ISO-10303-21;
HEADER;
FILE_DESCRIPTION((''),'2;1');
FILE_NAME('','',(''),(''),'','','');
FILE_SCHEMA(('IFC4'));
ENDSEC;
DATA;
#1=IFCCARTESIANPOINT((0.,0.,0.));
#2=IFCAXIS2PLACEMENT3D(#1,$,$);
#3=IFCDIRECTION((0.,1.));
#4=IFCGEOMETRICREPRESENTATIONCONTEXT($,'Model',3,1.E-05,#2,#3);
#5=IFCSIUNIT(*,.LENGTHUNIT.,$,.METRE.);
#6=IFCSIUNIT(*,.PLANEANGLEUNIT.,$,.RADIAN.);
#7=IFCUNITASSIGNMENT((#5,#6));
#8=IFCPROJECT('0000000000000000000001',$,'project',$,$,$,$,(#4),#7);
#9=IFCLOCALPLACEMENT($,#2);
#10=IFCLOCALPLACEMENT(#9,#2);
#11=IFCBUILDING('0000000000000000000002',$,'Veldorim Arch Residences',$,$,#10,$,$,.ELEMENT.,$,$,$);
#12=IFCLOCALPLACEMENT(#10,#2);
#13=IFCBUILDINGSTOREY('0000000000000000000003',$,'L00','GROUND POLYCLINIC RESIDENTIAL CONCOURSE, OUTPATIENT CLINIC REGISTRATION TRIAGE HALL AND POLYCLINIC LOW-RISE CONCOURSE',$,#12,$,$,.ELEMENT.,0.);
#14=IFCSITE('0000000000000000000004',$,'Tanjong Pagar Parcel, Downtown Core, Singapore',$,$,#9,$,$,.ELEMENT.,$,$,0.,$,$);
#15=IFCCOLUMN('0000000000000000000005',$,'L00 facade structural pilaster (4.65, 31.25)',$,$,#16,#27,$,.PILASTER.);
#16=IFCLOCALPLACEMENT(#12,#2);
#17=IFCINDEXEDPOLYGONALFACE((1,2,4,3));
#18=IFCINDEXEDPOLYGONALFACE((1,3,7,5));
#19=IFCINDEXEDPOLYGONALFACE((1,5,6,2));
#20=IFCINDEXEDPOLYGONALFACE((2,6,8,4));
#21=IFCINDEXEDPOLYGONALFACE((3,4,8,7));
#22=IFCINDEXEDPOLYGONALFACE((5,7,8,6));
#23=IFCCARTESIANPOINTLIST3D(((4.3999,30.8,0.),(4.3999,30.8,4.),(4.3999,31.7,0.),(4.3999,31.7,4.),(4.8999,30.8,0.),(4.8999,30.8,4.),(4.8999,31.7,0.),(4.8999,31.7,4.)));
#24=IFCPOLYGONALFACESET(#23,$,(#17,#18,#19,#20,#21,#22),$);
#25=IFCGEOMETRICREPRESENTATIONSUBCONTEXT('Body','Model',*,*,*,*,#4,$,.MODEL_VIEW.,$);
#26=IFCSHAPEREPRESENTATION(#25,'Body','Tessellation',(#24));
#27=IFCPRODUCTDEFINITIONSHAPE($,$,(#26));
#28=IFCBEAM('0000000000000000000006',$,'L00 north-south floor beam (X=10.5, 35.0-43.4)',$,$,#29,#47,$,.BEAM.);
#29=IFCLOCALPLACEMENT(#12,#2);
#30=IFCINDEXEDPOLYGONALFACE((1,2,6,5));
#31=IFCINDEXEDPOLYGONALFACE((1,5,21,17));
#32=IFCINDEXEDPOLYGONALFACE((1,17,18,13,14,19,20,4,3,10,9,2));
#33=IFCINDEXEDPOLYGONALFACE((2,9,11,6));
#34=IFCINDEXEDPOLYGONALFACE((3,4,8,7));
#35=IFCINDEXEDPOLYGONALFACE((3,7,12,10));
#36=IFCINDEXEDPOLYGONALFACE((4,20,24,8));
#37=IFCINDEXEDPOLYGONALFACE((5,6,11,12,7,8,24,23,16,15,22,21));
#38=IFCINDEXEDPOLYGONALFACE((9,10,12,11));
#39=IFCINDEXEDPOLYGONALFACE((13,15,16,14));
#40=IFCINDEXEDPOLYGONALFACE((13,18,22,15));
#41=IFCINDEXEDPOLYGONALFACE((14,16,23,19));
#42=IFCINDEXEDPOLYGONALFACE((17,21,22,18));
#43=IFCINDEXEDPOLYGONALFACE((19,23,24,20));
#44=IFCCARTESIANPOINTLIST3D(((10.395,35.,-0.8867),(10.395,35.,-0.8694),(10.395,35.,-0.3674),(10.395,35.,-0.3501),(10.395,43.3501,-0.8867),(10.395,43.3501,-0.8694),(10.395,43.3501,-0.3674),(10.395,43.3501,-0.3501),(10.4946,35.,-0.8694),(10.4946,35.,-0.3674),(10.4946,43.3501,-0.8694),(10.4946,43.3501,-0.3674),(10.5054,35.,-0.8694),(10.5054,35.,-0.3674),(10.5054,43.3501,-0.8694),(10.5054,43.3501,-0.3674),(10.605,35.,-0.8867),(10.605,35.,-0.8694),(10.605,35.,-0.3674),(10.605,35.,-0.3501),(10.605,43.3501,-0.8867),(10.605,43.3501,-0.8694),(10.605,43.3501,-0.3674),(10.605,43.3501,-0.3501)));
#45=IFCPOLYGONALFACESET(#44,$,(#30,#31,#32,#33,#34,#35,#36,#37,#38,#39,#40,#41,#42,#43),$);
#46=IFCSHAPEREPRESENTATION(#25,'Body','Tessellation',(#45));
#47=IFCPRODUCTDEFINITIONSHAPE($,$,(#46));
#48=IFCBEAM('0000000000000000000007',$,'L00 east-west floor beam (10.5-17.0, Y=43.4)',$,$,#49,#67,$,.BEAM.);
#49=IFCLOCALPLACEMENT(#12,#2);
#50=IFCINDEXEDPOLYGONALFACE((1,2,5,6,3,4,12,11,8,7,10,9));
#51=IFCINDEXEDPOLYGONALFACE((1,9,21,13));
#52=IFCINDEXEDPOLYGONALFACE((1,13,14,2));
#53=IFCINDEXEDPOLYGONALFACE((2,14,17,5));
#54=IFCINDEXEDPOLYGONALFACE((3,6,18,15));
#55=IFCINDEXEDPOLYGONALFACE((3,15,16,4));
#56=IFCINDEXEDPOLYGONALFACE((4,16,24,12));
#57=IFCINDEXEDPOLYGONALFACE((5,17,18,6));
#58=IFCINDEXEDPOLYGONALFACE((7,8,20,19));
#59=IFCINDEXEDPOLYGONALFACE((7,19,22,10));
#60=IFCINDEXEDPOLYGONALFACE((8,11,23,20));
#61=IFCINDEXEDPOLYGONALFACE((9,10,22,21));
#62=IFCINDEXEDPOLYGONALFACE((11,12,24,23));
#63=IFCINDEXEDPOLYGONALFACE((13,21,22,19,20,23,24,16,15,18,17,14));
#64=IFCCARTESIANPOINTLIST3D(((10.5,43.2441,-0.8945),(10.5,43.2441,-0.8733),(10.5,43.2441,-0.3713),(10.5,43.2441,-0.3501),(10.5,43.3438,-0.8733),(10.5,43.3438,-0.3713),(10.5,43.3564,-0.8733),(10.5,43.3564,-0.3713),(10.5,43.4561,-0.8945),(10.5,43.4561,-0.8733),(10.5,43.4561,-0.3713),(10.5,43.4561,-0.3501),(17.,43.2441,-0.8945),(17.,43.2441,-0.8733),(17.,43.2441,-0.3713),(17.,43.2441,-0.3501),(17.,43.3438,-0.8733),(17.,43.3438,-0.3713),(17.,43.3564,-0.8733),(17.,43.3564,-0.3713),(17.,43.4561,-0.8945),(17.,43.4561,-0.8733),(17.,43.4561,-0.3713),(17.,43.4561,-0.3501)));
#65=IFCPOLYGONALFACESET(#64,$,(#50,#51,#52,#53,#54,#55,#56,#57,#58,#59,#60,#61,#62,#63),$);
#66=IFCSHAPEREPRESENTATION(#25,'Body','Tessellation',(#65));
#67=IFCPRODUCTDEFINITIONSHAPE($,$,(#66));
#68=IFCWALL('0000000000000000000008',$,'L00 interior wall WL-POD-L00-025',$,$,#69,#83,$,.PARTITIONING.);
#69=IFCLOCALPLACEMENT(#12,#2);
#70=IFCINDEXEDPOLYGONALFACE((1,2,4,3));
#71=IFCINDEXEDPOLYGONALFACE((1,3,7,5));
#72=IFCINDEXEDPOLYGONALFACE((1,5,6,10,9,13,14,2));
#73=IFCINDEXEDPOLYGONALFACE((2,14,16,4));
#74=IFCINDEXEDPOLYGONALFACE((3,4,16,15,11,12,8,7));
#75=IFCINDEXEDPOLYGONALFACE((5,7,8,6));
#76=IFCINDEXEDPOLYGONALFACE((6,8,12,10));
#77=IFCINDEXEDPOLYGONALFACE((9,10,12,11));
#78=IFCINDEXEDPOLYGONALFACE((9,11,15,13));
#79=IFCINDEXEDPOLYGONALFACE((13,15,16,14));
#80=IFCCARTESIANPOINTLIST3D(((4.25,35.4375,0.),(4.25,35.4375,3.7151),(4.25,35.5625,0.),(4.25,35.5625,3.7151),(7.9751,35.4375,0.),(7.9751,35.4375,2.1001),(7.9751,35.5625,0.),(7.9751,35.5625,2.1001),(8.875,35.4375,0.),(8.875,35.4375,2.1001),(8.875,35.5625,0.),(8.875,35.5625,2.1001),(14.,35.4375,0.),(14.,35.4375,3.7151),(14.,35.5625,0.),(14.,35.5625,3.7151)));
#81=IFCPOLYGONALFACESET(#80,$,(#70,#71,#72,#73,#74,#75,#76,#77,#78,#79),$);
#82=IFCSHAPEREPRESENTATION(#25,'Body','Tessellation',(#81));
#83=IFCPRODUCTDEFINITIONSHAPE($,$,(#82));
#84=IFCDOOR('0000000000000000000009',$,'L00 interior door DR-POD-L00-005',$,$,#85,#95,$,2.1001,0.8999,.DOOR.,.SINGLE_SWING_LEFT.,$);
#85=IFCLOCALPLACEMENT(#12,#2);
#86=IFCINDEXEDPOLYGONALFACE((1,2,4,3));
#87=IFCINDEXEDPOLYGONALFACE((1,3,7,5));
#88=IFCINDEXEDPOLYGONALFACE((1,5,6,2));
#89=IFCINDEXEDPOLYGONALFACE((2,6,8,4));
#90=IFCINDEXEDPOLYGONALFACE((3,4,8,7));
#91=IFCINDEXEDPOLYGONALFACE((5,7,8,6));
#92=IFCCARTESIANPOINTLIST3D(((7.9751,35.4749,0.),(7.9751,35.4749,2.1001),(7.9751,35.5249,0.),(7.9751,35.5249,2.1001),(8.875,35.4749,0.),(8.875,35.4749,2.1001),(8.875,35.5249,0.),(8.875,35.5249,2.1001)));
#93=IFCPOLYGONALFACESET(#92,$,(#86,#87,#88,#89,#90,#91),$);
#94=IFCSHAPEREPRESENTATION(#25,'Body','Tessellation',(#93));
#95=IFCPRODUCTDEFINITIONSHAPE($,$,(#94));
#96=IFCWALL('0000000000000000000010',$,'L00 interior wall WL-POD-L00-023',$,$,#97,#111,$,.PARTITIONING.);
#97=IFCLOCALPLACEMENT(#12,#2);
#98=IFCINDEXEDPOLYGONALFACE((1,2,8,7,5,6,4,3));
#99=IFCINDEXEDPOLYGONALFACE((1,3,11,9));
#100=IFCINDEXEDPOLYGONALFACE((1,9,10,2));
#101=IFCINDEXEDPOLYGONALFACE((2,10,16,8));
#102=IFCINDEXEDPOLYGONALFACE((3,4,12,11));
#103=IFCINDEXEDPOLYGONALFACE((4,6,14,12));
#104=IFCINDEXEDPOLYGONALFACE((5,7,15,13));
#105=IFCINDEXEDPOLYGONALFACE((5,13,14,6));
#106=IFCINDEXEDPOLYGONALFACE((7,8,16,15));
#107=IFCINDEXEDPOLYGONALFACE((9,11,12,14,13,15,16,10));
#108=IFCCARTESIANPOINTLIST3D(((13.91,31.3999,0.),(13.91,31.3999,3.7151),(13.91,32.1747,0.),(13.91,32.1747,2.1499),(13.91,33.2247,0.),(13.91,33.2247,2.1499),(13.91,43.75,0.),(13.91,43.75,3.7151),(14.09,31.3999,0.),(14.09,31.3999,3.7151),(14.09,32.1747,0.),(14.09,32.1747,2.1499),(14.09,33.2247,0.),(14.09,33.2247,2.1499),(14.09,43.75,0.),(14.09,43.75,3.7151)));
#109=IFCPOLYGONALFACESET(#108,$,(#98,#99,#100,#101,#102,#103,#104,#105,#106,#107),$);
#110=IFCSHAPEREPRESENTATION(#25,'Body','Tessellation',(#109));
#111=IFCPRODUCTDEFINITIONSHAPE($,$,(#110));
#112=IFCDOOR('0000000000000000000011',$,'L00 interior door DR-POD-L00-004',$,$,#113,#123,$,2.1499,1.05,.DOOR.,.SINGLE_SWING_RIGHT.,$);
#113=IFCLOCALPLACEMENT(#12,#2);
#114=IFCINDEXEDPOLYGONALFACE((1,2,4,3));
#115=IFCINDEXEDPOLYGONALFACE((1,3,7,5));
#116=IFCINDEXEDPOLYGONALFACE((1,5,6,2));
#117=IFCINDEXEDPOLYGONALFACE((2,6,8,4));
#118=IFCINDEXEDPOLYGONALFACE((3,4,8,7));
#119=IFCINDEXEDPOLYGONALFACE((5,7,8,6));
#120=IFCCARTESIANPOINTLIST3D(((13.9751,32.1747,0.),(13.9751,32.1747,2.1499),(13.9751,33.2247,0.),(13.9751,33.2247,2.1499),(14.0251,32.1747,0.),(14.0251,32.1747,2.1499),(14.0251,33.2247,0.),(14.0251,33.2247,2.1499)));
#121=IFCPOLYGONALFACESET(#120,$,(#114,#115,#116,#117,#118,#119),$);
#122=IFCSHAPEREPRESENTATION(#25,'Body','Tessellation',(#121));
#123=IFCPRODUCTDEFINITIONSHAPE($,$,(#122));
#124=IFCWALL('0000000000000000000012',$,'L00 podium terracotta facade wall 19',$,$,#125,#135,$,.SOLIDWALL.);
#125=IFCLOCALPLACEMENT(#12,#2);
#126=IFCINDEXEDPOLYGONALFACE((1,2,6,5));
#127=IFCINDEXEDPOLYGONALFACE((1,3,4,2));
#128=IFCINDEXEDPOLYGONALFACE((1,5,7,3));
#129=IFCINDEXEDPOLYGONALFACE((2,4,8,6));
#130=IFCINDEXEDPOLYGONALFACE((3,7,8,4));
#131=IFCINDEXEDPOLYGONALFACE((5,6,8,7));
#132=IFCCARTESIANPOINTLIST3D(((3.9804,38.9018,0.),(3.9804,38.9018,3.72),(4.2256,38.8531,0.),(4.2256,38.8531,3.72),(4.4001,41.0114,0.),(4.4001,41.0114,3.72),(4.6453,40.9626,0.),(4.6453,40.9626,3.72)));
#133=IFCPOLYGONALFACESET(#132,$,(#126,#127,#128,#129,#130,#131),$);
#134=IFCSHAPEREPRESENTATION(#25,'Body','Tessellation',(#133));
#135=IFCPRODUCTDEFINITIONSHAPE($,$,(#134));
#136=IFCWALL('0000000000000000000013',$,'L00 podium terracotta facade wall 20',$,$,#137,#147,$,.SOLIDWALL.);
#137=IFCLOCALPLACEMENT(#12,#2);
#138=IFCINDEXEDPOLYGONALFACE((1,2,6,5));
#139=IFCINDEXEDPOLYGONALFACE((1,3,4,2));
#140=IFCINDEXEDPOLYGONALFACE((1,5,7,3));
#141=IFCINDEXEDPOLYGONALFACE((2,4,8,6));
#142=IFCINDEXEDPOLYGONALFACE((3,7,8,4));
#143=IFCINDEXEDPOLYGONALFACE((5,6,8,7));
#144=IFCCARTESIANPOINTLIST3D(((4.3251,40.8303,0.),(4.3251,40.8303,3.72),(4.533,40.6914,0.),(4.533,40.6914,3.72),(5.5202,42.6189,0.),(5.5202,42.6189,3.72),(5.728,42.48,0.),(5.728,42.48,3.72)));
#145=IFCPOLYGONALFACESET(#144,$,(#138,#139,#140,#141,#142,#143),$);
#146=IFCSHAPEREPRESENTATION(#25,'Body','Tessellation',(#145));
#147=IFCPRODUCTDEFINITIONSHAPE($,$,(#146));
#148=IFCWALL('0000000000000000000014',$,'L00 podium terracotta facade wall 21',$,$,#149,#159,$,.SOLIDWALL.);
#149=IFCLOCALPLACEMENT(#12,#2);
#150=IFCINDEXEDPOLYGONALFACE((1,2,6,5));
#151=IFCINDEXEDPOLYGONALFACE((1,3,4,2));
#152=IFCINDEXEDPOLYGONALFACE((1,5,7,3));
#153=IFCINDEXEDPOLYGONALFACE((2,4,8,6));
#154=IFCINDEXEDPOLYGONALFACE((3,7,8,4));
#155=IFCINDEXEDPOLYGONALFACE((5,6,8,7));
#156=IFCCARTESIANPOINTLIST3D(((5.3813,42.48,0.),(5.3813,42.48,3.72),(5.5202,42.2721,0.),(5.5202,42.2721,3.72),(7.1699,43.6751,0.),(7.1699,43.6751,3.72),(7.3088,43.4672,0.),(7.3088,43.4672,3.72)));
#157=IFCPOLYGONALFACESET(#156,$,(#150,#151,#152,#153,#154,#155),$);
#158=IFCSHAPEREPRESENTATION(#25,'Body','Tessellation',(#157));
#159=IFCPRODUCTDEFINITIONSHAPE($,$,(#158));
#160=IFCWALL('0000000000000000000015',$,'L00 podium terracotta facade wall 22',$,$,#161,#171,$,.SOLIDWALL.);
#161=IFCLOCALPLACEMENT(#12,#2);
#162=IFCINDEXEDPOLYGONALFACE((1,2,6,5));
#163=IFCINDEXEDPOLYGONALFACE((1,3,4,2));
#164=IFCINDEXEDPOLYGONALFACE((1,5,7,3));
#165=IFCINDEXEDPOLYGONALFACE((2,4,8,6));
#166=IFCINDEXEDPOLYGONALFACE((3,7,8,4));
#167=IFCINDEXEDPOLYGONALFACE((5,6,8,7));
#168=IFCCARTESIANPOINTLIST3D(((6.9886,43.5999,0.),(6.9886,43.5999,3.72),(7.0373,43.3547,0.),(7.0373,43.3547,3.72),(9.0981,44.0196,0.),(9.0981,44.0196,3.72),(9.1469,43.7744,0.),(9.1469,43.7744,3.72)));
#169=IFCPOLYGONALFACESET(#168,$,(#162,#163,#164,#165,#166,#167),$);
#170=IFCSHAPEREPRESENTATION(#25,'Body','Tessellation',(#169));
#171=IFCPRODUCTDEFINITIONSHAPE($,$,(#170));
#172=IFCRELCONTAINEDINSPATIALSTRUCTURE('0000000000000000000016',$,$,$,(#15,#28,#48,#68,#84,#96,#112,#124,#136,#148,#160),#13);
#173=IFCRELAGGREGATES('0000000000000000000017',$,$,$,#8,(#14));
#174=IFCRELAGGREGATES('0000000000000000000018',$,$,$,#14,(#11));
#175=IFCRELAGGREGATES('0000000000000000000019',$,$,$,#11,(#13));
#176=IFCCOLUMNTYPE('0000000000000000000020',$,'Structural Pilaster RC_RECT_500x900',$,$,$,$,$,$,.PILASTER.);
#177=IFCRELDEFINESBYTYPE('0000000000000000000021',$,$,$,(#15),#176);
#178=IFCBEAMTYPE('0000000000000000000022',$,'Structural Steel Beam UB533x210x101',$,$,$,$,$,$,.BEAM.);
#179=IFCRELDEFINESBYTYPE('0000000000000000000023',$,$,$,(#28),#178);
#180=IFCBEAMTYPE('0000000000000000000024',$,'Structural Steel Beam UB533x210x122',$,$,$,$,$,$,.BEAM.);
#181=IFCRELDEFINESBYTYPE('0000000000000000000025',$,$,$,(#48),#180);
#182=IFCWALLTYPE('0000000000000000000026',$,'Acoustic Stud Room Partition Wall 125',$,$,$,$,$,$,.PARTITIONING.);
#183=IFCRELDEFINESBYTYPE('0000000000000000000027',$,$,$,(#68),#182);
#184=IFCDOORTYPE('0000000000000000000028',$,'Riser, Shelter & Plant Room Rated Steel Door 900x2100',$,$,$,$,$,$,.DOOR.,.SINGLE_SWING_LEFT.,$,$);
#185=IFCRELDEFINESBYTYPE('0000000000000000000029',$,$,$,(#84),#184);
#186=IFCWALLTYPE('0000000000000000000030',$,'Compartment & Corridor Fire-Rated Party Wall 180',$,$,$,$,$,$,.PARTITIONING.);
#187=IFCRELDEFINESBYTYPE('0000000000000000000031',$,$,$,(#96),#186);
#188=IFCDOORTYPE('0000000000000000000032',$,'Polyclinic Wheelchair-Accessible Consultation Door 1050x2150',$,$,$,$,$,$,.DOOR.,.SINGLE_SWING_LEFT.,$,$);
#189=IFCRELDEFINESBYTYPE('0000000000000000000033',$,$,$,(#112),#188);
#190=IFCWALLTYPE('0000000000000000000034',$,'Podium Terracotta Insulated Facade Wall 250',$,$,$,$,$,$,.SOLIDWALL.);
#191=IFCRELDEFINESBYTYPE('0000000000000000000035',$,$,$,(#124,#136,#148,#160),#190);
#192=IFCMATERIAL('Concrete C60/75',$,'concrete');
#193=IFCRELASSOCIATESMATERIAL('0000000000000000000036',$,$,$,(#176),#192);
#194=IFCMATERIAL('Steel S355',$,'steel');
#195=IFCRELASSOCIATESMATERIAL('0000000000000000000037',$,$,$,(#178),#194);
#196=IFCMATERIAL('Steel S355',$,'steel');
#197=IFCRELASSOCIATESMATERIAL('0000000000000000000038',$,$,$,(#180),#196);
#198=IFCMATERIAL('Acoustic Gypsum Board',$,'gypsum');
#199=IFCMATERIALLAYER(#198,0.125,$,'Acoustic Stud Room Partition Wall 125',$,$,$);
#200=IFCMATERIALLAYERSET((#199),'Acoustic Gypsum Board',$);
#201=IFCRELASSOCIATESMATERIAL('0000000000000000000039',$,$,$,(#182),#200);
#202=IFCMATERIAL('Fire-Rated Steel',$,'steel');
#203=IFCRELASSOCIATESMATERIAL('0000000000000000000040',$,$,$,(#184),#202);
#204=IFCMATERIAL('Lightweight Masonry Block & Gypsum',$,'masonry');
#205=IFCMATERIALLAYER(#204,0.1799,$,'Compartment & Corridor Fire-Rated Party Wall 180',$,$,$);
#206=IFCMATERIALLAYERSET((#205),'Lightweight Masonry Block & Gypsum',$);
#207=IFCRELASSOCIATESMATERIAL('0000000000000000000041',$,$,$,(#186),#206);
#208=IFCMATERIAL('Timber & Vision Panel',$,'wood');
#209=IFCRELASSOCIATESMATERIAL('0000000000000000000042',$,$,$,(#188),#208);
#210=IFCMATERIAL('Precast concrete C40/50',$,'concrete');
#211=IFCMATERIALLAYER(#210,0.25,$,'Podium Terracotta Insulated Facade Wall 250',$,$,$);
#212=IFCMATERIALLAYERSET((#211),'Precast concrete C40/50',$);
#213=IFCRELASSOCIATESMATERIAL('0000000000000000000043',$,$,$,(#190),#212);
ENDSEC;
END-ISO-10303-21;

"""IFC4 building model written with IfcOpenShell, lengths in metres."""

from ifc_helpers import new_model, si_unit, direction, frame, frame_2d, origin, origin_2d, place, context, subcontext, project, spatial, rectangle, i_section, extrude, material, layer, layer_set, material_profile, profile_set, type_object, element, fill, save


model = new_model("IFC4")

# Units and contexts
model_context = context("Model", 3, precision=1e-05, world=origin(), true_north=direction((0.0, 1.0)))
body_context = subcontext(model_context, "Body", "Model", "MODEL_VIEW")
ifc_project = project(units=[si_unit("LENGTHUNIT", "METRE"), si_unit("PLANEANGLEUNIT", "RADIAN")], contexts=[model_context])

# Site, building, storey
site_placement = place(None, origin())
site = spatial("IfcSite", under=ifc_project, at=site_placement, Name="Tanjong Pagar Parcel, Downtown Core, Singapore", CompositionType="ELEMENT", RefElevation=0.0)
building_placement = place(site_placement, origin())
building = spatial("IfcBuilding", under=site, at=building_placement, Name="Veldorim Arch Residences", CompositionType="ELEMENT")
storey_placement = place(building_placement, origin())
storey = spatial("IfcBuildingStorey", under=building, at=storey_placement, Name="L00", Description="GROUND POLYCLINIC RESIDENTIAL CONCOURSE, OUTPATIENT CLINIC REGISTRATION TRIAGE HALL AND POLYCLINIC LOW-RISE CONCOURSE", CompositionType="ELEMENT", Elevation=0.0)

# Column
ifc_material_1 = material(Name="Concrete C60/75", Category="concrete")
ifc_material_profile_1 = material_profile(ifc_material_1, rectangle(XDim=0.5, YDim=0.8999, at=origin_2d()), Name="RC_RECT_500x900")
ifc_profile_set_1 = profile_set([ifc_material_profile_1], Name="Concrete C60/75")
column_type_1 = type_object("IfcColumnType", Name="Structural Pilaster RC_RECT_500x900", PredefinedType="PILASTER", material=ifc_profile_set_1)
column_placement = place(storey_placement, frame((4.6499, 31.25, 0.0), z_axis=(0.0, 0.0, 1.0), x_axis=(1.0, 0.0, 0.0)))
element("IfcColumn", 1, at=column_placement, inside=storey, type_object=column_type_1, Name="L00 facade structural pilaster (4.65, 31.25)", PredefinedType="PILASTER", context=body_context, shape_type="SweptSolid", body=[
    extrude(rectangle(XDim=0.5, YDim=0.8999, at=origin_2d()), origin(), (0.0, 0.0, 1.0), 4.0),
])

# Beams
ifc_material_2 = material(Name="Steel S355", Category="steel")
ifc_material_profile_2 = material_profile(ifc_material_2, i_section(OverallWidth=0.21, OverallDepth=0.5366, WebThickness=0.0107, FlangeThickness=0.0173, at=origin_2d()), Name="UB533x210x101")
ifc_profile_set_2 = profile_set([ifc_material_profile_2], Name="Steel S355")
beam_type_1 = type_object("IfcBeamType", Name="Structural Steel Beam UB533x210x101", PredefinedType="BEAM", material=ifc_profile_set_2)
beam_1_placement = place(storey_placement, frame((10.5, 35.0, -0.6184), z_axis=(0.0, 1.0, 0.0), x_axis=(-1.0, 0.0, 0.0)))
element("IfcBeam", 2, at=beam_1_placement, inside=storey, type_object=beam_type_1, Name="L00 north-south floor beam (X=10.5, 35.0-43.4)", PredefinedType="BEAM", context=body_context, shape_type="SweptSolid", body=[
    extrude(i_section(OverallWidth=0.21, OverallDepth=0.5366, WebThickness=0.0107, FlangeThickness=0.0173, at=origin_2d()), origin(), (0.0, 0.0, 1.0), 8.3501),
])
ifc_material_3 = material(Name="Steel S355", Category="steel")
ifc_material_profile_3 = material_profile(ifc_material_3, i_section(OverallWidth=0.2119, OverallDepth=0.5444, WebThickness=0.0127, FlangeThickness=0.0212, at=origin_2d()), Name="UB533x210x122")
ifc_profile_set_3 = profile_set([ifc_material_profile_3], Name="Steel S355")
beam_type_2 = type_object("IfcBeamType", Name="Structural Steel Beam UB533x210x122", PredefinedType="BEAM", material=ifc_profile_set_3)
beam_2_placement = place(storey_placement, frame((10.5, 43.3501, -0.6223), z_axis=(1.0, 0.0, 0.0), x_axis=(0.0, 1.0, 0.0)))
element("IfcBeam", 3, at=beam_2_placement, inside=storey, type_object=beam_type_2, Name="L00 east-west floor beam (10.5-17.0, Y=43.4)", PredefinedType="BEAM", context=body_context, shape_type="SweptSolid", body=[
    extrude(i_section(OverallWidth=0.2119, OverallDepth=0.5444, WebThickness=0.0127, FlangeThickness=0.0212, at=origin_2d()), origin(), (0.0, 0.0, 1.0), 6.5),
])

# Walls, openings, doors
ifc_material_4 = material(Name="Acoustic Gypsum Board", Category="gypsum")
ifc_layer_1 = layer(ifc_material_4, 0.125, Name="Acoustic Stud Room Partition Wall 125")
ifc_layer_set_1 = layer_set([ifc_layer_1], Name="Acoustic Gypsum Board")
wall_type_1 = type_object("IfcWallType", Name="Acoustic Stud Room Partition Wall 125", PredefinedType="PARTITIONING", material=ifc_layer_set_1)
wall_1_placement = place(storey_placement, frame((4.25, 35.5, 0.0), z_axis=(0.0, 0.0, 1.0), x_axis=(1.0, 0.0, 0.0)))
wall_1 = element("IfcWall", 4, at=wall_1_placement, inside=storey, type_object=wall_type_1, Name="L00 interior wall WL-POD-L00-025", PredefinedType="PARTITIONING", context=body_context, shape_type="SweptSolid", body=[
    extrude(rectangle(XDim=9.75, YDim=0.125, at=frame_2d((4.875, 0.0))), origin(), (0.0, 0.0, 1.0), 3.7151),
])
opening_1_placement = place(wall_1_placement, frame((3.7251, 0.0, 0.0)))
opening_1 = element("IfcOpeningElement", 5, at=opening_1_placement, cuts=wall_1, PredefinedType="OPENING", context=body_context, shape_type="SweptSolid", body=[
    extrude(rectangle(XDim=0.8999, YDim=2.1001, at=frame_2d((0.45, 1.05))), frame((0.0, 0.0725, 0.0), z_axis=(0.0, -1.0, 0.0), x_axis=(1.0, 0.0, 0.0)), (0.0, 0.0, 1.0), 0.145),
])
ifc_material_5 = material(Name="Fire-Rated Steel", Category="steel")
door_type_1 = type_object("IfcDoorType", Name="Riser, Shelter & Plant Room Rated Steel Door 900x2100", OperationType="SINGLE_SWING_LEFT", PredefinedType="DOOR", material=ifc_material_5)
door_1_placement = place(opening_1_placement, origin())
door_1 = element("IfcDoor", 6, at=door_1_placement, inside=storey, type_object=door_type_1, Name="L00 interior door DR-POD-L00-005", OperationType="SINGLE_SWING_LEFT", OverallHeight=2.1001, OverallWidth=0.8999, PredefinedType="DOOR", context=body_context, shape_type="SweptSolid", body=[
    extrude(rectangle(XDim=0.8999, YDim=2.1001, at=frame_2d((0.45, 1.05))), frame((0.0, 0.0249, 0.0), z_axis=(0.0, -1.0, 0.0), x_axis=(1.0, 0.0, 0.0)), (0.0, 0.0, 1.0), 0.05),
])
fill(opening_1, door_1)
ifc_material_6 = material(Name="Lightweight Masonry Block & Gypsum", Category="masonry")
ifc_layer_2 = layer(ifc_material_6, 0.1799, Name="Compartment & Corridor Fire-Rated Party Wall 180")
ifc_layer_set_2 = layer_set([ifc_layer_2], Name="Lightweight Masonry Block & Gypsum")
wall_type_2 = type_object("IfcWallType", Name="Compartment & Corridor Fire-Rated Party Wall 180", PredefinedType="PARTITIONING", material=ifc_layer_set_2)
wall_2_placement = place(storey_placement, frame((14.0, 31.3999, 0.0), z_axis=(0.0, 0.0, 1.0), x_axis=(0.0, 1.0, 0.0)))
wall_2 = element("IfcWall", 7, at=wall_2_placement, inside=storey, type_object=wall_type_2, Name="L00 interior wall WL-POD-L00-023", PredefinedType="PARTITIONING", context=body_context, shape_type="SweptSolid", body=[
    extrude(rectangle(XDim=12.3501, YDim=0.1799, at=frame_2d((6.175, 0.0))), origin(), (0.0, 0.0, 1.0), 3.7151),
])
opening_2_placement = place(wall_2_placement, frame((0.7749, 0.0, 0.0)))
opening_2 = element("IfcOpeningElement", 8, at=opening_2_placement, cuts=wall_2, PredefinedType="OPENING", context=body_context, shape_type="SweptSolid", body=[
    extrude(rectangle(XDim=1.05, YDim=2.1499, at=frame_2d((0.5249, 1.075))), frame((0.0, 0.0999, 0.0), z_axis=(0.0, -1.0, 0.0), x_axis=(1.0, 0.0, 0.0)), (0.0, 0.0, 1.0), 0.2),
])
ifc_material_7 = material(Name="Timber & Vision Panel", Category="wood")
door_type_2 = type_object("IfcDoorType", Name="Polyclinic Wheelchair-Accessible Consultation Door 1050x2150", OperationType="SINGLE_SWING_LEFT", PredefinedType="DOOR", material=ifc_material_7)
door_2_placement = place(opening_2_placement, origin())
door_2 = element("IfcDoor", 9, at=door_2_placement, inside=storey, type_object=door_type_2, Name="L00 interior door DR-POD-L00-004", OperationType="SINGLE_SWING_RIGHT", OverallHeight=2.1499, OverallWidth=1.05, PredefinedType="DOOR", context=body_context, shape_type="SweptSolid", body=[
    extrude(rectangle(XDim=1.05, YDim=2.1499, at=frame_2d((0.5249, 1.075))), frame((0.0, 0.0249, 0.0), z_axis=(0.0, -1.0, 0.0), x_axis=(1.0, 0.0, 0.0)), (0.0, 0.0, 1.0), 0.05),
])
fill(opening_2, door_2)

# Walls
ifc_material_8 = material(Name="Precast concrete C40/50", Category="concrete")
ifc_layer_3 = layer(ifc_material_8, 0.25, Name="Podium Terracotta Insulated Facade Wall 250")
ifc_layer_set_3 = layer_set([ifc_layer_3], Name="Precast concrete C40/50")
wall_type_3 = type_object("IfcWallType", Name="Podium Terracotta Insulated Facade Wall 250", PredefinedType="SOLIDWALL", material=ifc_layer_set_3)
wall_3_placement = place(storey_placement, frame((4.103, 38.8774, 0.0), z_axis=(0.0, 0.0, 1.0), x_axis=(0.195112, 0.980781, 0.0)))
element("IfcWall", 10, at=wall_3_placement, inside=storey, type_object=wall_type_3, Name="L00 podium terracotta facade wall 19", PredefinedType="SOLIDWALL", context=body_context, shape_type="SweptSolid", body=[
    extrude(rectangle(XDim=2.1509, YDim=0.25, at=frame_2d((1.0754, 0.0))), origin(), (0.0, 0.0, 1.0), 3.72),
])
for number, where, z_axis, x_axis, name in (
    (11, (4.429, 40.7607, 0.0), (0.0, 0.0, 1.0), (0.555564, 0.831474, 0.0), "L00 podium terracotta facade wall 20"),
    (12, (5.4507, 42.376, 0.0), (0.0, 0.0, 1.0), (0.831474, 0.555564, 0.0), "L00 podium terracotta facade wall 21"),
):
    element("IfcWall", number, at=place(storey_placement, frame(where, z_axis=z_axis, x_axis=x_axis)), inside=storey, type_object=wall_type_3, Name=name, PredefinedType="SOLIDWALL", context=body_context, shape_type="SweptSolid", body=[
        extrude(rectangle(XDim=2.1511, YDim=0.25, at=frame_2d((1.0757, 0.0))), origin(), (0.0, 0.0, 1.0), 3.72),
    ])
wall_4_placement = place(storey_placement, frame((7.0129, 43.4773, 0.0), z_axis=(0.0, 0.0, 1.0), x_axis=(0.980781, 0.195112, 0.0)))
element("IfcWall", 13, at=wall_4_placement, inside=storey, type_object=wall_type_3, Name="L00 podium terracotta facade wall 22", PredefinedType="SOLIDWALL", context=body_context, shape_type="SweptSolid", body=[
    extrude(rectangle(XDim=2.1509, YDim=0.25, at=frame_2d((1.0754, 0.0))), origin(), (0.0, 0.0, 1.0), 3.72),
])

save(model, "model.ifc")
